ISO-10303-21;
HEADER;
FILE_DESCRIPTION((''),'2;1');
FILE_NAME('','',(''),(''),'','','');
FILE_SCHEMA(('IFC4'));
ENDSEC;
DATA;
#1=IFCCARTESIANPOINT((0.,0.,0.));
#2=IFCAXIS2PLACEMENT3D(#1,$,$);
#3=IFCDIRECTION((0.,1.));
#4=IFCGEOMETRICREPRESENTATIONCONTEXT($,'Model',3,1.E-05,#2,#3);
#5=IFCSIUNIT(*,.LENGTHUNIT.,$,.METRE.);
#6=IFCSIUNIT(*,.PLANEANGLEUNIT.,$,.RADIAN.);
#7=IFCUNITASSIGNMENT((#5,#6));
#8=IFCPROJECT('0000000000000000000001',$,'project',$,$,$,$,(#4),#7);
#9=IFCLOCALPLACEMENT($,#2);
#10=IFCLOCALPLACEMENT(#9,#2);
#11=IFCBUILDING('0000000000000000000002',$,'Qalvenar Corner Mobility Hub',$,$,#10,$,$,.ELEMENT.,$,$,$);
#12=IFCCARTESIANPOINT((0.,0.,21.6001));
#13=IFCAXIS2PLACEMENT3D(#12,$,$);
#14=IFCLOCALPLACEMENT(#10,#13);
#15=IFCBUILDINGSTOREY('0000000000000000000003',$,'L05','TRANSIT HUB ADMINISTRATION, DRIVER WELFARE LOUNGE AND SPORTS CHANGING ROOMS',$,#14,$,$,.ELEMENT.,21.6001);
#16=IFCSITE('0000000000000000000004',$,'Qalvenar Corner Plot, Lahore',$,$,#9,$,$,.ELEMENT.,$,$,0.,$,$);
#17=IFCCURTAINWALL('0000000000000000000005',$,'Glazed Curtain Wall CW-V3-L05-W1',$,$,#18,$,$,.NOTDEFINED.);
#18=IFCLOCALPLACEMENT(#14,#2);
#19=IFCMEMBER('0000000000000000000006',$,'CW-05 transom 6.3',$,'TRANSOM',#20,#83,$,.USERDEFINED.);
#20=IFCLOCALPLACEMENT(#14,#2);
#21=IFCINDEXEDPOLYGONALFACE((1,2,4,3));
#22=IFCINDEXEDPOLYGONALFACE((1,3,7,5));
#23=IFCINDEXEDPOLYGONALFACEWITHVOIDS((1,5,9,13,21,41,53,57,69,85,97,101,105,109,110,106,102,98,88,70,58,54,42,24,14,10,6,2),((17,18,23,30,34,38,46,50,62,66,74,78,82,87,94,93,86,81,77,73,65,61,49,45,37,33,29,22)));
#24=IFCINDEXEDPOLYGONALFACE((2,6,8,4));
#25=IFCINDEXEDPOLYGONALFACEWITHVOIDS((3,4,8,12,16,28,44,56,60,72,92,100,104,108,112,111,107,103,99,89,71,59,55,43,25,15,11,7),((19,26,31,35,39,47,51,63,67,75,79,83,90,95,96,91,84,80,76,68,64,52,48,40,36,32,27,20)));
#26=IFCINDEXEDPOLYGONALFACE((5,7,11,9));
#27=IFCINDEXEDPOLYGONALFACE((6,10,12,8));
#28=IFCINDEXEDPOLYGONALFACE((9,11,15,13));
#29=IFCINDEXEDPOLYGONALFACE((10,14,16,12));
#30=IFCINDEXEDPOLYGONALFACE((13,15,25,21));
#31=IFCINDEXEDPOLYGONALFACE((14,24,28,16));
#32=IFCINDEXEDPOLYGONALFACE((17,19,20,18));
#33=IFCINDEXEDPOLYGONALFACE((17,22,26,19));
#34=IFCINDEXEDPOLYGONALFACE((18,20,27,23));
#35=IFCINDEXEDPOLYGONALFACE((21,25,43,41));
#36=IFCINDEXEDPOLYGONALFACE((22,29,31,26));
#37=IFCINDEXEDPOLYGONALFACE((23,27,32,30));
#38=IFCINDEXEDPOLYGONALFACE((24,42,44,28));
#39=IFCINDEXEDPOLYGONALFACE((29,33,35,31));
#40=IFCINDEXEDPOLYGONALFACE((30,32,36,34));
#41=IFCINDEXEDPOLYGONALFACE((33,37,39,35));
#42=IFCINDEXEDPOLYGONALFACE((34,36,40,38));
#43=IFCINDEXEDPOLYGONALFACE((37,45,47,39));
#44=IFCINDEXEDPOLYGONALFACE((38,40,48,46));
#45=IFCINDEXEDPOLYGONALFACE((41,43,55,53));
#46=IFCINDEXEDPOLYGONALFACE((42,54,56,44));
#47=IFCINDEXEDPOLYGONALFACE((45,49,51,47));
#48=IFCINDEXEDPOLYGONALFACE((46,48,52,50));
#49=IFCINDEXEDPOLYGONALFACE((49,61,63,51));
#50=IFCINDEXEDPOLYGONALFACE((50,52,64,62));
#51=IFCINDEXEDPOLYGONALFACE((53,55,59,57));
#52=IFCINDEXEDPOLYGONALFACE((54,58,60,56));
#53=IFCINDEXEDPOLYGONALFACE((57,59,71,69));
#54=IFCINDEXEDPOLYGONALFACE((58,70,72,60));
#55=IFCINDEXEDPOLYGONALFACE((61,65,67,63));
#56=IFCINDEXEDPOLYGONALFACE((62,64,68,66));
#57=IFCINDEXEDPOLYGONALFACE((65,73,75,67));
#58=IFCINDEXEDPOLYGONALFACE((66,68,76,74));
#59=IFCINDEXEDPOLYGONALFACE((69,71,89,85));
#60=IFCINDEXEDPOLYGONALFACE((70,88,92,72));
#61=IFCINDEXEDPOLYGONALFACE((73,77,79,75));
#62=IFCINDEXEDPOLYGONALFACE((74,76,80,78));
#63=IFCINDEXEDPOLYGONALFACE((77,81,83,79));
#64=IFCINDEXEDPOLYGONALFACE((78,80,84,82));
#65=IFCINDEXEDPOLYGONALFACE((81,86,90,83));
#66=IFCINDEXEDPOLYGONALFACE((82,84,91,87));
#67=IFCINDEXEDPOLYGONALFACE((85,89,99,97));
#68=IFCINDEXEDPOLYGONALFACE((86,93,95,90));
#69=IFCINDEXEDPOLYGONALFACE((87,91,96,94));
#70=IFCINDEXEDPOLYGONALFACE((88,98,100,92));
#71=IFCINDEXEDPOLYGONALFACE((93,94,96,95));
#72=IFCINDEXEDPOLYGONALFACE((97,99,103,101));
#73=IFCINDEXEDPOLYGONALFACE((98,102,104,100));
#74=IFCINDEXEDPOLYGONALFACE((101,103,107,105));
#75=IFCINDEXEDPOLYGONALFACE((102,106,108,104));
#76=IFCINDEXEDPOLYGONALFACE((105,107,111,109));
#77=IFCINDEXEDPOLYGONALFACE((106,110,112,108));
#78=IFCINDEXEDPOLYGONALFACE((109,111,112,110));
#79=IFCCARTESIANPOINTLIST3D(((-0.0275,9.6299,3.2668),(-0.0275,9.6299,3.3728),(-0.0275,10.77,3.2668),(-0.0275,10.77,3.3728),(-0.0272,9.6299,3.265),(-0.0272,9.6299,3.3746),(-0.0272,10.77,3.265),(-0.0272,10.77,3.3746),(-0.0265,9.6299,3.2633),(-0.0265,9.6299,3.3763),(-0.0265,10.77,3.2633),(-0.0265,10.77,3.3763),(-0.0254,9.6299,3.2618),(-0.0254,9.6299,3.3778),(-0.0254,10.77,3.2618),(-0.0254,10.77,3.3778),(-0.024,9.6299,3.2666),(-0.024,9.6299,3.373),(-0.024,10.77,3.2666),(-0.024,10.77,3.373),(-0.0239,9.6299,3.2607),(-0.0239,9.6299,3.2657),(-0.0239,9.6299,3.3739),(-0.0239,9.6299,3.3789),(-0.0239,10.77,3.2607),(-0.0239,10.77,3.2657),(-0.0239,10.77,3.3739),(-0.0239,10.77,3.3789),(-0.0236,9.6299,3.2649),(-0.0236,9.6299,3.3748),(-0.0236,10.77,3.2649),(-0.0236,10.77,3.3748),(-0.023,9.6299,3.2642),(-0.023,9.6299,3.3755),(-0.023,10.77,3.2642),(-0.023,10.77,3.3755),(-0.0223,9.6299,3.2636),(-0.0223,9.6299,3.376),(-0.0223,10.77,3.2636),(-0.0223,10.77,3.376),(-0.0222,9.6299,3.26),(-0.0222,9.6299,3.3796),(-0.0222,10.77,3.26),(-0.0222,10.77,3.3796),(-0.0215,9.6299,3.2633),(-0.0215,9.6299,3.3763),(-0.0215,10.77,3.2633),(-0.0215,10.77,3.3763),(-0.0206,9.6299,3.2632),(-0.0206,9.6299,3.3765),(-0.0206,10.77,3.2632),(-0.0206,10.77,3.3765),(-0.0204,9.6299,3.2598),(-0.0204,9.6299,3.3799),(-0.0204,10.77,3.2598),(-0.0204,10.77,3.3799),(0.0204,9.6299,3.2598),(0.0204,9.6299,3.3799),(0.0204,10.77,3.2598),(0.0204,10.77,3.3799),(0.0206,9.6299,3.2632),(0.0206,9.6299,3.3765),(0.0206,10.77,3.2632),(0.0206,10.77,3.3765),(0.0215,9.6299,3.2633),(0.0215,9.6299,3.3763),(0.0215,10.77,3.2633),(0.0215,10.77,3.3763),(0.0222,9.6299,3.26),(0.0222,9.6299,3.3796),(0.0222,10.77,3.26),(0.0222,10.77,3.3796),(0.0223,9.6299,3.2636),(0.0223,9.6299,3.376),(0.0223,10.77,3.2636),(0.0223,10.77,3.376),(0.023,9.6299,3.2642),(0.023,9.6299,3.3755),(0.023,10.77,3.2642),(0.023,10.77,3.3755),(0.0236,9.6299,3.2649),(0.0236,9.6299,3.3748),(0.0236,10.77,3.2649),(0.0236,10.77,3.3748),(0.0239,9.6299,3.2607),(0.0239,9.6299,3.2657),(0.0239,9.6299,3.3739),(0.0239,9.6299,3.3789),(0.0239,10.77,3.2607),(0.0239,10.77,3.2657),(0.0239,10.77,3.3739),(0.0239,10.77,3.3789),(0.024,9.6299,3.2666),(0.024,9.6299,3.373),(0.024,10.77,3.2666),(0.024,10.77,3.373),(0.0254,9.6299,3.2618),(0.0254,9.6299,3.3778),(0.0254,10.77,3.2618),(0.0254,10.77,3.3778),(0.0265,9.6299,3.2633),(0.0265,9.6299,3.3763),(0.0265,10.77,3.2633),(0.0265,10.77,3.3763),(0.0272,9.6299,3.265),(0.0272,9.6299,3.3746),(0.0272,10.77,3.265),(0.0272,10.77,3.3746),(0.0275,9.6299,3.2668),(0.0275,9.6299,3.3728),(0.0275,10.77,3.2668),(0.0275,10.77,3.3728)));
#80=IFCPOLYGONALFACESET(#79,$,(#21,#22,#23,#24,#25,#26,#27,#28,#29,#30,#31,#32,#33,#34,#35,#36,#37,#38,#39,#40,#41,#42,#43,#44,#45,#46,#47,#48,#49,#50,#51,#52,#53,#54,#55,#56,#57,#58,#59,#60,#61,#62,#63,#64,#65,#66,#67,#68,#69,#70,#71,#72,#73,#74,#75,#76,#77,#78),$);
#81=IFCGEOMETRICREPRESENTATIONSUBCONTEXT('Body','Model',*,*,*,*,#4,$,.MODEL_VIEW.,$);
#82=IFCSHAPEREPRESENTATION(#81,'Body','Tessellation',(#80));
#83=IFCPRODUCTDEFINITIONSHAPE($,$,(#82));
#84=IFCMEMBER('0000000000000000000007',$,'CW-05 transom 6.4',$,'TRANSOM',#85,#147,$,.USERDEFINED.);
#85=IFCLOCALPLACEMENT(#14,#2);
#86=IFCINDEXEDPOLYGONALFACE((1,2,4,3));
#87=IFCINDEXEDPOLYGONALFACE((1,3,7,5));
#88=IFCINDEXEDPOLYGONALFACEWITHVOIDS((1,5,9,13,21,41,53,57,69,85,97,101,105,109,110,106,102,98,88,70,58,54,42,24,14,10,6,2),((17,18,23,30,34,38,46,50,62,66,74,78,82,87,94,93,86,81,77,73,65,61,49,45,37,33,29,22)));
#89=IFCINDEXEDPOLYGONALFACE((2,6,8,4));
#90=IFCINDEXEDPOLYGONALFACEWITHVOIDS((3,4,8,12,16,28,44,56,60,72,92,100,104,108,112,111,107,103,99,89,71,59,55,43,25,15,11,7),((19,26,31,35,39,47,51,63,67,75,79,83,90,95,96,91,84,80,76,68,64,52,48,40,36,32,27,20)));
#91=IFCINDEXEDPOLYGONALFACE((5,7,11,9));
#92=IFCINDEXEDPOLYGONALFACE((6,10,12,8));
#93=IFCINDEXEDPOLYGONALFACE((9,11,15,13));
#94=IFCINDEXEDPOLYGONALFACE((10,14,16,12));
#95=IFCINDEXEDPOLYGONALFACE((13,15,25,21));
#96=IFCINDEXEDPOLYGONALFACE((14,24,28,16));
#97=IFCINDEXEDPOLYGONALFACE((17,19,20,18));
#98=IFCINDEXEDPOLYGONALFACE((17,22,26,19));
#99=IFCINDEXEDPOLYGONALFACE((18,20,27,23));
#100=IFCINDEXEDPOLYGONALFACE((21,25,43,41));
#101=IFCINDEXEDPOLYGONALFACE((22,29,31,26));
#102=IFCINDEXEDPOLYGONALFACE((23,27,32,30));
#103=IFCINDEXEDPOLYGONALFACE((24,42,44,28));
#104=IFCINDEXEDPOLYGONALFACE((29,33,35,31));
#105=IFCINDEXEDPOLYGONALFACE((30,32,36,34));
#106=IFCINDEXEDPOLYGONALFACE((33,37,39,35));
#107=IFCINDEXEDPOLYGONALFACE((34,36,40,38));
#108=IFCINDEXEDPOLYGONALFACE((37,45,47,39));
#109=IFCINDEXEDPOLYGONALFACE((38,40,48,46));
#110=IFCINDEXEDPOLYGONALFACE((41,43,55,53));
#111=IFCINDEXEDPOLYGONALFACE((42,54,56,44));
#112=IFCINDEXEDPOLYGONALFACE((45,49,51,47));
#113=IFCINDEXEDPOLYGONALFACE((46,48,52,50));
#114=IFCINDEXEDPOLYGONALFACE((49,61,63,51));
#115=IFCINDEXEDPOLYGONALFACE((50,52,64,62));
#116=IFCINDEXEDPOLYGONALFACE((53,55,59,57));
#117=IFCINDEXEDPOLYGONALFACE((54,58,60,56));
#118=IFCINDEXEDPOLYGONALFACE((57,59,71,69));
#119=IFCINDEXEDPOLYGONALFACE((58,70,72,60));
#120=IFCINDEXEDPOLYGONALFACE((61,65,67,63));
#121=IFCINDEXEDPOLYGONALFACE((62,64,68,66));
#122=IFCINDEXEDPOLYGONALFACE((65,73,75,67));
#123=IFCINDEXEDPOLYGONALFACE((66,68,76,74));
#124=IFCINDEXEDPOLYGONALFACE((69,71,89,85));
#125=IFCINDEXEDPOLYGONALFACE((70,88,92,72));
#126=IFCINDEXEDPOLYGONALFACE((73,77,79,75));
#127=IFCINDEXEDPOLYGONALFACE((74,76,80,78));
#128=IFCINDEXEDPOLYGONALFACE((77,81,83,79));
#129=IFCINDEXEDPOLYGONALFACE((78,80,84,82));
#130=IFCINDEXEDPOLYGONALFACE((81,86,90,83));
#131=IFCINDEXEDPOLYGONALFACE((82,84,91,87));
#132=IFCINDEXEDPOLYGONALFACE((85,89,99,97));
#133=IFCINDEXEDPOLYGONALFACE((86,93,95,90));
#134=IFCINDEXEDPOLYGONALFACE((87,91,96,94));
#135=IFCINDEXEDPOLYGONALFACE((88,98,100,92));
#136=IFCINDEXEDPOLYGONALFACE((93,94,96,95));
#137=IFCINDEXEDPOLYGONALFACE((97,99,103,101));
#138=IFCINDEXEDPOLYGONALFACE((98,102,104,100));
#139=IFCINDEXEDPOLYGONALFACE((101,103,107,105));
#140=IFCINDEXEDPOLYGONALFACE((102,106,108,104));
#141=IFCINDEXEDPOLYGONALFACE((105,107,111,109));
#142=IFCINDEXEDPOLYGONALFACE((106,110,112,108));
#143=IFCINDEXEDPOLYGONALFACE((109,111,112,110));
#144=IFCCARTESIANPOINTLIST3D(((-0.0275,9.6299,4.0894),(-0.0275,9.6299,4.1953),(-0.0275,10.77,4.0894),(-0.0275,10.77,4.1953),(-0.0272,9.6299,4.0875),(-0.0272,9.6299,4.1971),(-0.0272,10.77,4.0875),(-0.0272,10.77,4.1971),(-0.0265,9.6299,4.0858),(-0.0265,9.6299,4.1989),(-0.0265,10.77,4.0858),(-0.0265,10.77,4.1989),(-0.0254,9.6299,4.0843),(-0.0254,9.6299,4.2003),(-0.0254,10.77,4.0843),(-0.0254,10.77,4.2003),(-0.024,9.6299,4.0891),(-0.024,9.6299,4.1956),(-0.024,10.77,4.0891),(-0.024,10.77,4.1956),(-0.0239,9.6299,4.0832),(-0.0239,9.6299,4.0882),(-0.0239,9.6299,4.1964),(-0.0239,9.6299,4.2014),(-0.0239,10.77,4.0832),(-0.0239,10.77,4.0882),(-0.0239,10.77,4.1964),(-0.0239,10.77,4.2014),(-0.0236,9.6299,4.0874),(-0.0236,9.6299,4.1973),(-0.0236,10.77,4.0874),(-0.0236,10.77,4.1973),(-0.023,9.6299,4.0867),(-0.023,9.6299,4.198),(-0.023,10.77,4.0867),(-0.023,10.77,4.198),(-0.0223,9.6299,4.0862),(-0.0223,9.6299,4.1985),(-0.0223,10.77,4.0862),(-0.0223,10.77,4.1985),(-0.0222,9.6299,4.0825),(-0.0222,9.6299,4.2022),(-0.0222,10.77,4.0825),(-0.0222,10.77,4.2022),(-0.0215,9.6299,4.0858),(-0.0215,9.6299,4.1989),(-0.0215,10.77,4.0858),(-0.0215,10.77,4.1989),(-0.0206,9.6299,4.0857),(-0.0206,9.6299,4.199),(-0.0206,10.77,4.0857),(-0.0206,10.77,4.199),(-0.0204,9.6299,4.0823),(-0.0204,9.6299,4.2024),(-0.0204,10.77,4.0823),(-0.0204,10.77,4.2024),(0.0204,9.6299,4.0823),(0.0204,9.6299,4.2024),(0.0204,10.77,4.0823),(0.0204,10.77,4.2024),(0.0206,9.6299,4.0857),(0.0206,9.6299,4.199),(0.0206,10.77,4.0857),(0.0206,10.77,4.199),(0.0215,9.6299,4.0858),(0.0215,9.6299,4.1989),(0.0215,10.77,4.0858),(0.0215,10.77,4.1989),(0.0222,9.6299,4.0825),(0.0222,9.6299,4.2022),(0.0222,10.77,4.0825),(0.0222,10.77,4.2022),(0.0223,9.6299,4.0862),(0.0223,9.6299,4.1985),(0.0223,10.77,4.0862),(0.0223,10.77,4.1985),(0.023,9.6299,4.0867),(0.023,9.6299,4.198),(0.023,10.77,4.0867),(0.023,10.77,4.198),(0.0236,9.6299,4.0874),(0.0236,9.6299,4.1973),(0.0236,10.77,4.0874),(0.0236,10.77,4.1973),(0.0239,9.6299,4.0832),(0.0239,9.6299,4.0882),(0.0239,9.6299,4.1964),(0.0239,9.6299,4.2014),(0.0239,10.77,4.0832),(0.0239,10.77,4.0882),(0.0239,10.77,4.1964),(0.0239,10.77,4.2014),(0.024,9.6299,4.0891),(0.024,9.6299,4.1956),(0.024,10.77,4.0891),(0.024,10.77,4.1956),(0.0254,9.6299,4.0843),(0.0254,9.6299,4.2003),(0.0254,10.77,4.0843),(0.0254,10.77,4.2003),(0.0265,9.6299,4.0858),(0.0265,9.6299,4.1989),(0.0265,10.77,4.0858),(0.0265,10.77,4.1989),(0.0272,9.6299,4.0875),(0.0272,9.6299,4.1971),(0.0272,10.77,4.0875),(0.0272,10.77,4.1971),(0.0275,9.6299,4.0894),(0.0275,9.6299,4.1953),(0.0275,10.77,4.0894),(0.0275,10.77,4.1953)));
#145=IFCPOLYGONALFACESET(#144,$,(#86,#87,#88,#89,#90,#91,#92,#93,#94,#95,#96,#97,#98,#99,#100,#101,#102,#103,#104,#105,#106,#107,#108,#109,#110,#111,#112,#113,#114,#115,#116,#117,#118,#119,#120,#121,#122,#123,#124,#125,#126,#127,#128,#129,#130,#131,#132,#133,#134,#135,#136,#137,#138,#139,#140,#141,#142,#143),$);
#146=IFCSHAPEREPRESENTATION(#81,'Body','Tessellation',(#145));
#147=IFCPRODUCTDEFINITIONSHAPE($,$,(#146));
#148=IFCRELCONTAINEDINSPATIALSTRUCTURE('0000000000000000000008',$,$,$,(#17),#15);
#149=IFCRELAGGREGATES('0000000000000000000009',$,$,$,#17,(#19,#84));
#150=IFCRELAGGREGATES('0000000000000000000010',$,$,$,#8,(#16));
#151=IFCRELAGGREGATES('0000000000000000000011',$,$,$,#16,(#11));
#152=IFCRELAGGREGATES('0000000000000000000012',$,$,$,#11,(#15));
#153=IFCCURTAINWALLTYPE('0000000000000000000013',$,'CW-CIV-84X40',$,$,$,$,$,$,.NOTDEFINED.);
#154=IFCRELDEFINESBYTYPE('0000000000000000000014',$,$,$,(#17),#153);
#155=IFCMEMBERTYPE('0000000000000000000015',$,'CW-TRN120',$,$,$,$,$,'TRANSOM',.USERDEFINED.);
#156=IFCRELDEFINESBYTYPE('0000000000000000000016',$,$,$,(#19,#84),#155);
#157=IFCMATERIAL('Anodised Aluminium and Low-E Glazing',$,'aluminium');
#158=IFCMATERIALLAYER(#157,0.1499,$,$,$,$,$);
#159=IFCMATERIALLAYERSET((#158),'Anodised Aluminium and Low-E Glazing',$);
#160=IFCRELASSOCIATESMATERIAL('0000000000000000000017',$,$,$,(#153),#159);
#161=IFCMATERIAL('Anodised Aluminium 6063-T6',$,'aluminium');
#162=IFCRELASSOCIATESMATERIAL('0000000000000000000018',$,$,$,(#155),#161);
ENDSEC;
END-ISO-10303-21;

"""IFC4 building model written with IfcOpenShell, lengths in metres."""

from ifc_helpers import new_model, si_unit, direction, frame, origin, origin_2d, place, context, subcontext, project, spatial, hollow_rectangle, extrude, material, layer, layer_set, material_profile, profile_set, type_object, element, aggregate, save


model = new_model("IFC4")

# Units and contexts
model_context = context("Model", 3, precision=1e-05, world=origin(), true_north=direction((0.0, 1.0)))
body_context = subcontext(model_context, "Body", "Model", "MODEL_VIEW")
ifc_project = project(units=[si_unit("LENGTHUNIT", "METRE"), si_unit("PLANEANGLEUNIT", "RADIAN")], contexts=[model_context])

# Site, building, storey
site_placement = place(None, origin())
site = spatial("IfcSite", under=ifc_project, at=site_placement, Name="Qalvenar Corner Plot, Lahore", CompositionType="ELEMENT", RefElevation=0.0)
building_placement = place(site_placement, origin())
building = spatial("IfcBuilding", under=site, at=building_placement, Name="Qalvenar Corner Mobility Hub", CompositionType="ELEMENT")
storey_placement = place(building_placement, frame((0.0, 0.0, 21.6001)))
storey = spatial("IfcBuildingStorey", under=building, at=storey_placement, Name="L05", Description="TRANSIT HUB ADMINISTRATION, DRIVER WELFARE LOUNGE AND SPORTS CHANGING ROOMS", CompositionType="ELEMENT", Elevation=21.6001)

# Curtain wall, members
ifc_material_1 = material(Name="Anodised Aluminium and Low-E Glazing", Category="aluminium")
ifc_layer_1 = layer(ifc_material_1, 0.1499)
ifc_layer_set_1 = layer_set([ifc_layer_1], Name="Anodised Aluminium and Low-E Glazing")
curtain_wall_type = type_object("IfcCurtainWallType", Name="CW-CIV-84X40", PredefinedType="NOTDEFINED", material=ifc_layer_set_1)
curtain_wall_placement = place(storey_placement, origin())
curtain_wall = element("IfcCurtainWall", 1, at=curtain_wall_placement, inside=storey, type_object=curtain_wall_type, Name="Glazed Curtain Wall CW-V3-L05-W1", PredefinedType="NOTDEFINED")
ifc_material_2 = material(Name="Anodised Aluminium 6063-T6", Category="aluminium")
ifc_material_profile_1 = material_profile(ifc_material_2, hollow_rectangle(XDim=0.0549, YDim=0.1201, WallThickness=0.0034, InnerFilletRadius=0.0034, OuterFilletRadius=0.0071, at=origin_2d()), Name="RHS120x55x3.5")
ifc_profile_set_1 = profile_set([ifc_material_profile_1], Name="Anodised Aluminium 6063-T6")
member_type_1 = type_object("IfcMemberType", Name="CW-TRN120", ElementType="TRANSOM", PredefinedType="USERDEFINED", material=ifc_profile_set_1)
member_1_placement = place(storey_placement, frame((0.0, 10.77, 3.3198), z_axis=(0.0, -1.0, 0.0), x_axis=(1.0, 0.0, 0.0)))
member_1 = element("IfcMember", 2, at=member_1_placement, type_object=member_type_1, Name="CW-05 transom 6.3", ObjectType="TRANSOM", PredefinedType="USERDEFINED", context=body_context, shape_type="SweptSolid", body=[
    extrude(hollow_rectangle(XDim=0.0549, YDim=0.1201, WallThickness=0.0034, InnerFilletRadius=0.0034, OuterFilletRadius=0.0071, at=origin_2d()), origin(), (0.0, 0.0, 1.0), 1.1401),
])
member_2_placement = place(storey_placement, frame((0.0, 10.77, 4.1423), z_axis=(0.0, -1.0, 0.0), x_axis=(1.0, 0.0, 0.0)))
member_2 = element("IfcMember", 3, at=member_2_placement, type_object=member_type_1, Name="CW-05 transom 6.4", ObjectType="TRANSOM", PredefinedType="USERDEFINED", context=body_context, shape_type="SweptSolid", body=[
    extrude(hollow_rectangle(XDim=0.0549, YDim=0.1201, WallThickness=0.0034, InnerFilletRadius=0.0034, OuterFilletRadius=0.0071, at=origin_2d()), origin(), (0.0, 0.0, 1.0), 1.1401),
])
aggregate(curtain_wall, [member_1, member_2])

save(model, "model.ifc")
